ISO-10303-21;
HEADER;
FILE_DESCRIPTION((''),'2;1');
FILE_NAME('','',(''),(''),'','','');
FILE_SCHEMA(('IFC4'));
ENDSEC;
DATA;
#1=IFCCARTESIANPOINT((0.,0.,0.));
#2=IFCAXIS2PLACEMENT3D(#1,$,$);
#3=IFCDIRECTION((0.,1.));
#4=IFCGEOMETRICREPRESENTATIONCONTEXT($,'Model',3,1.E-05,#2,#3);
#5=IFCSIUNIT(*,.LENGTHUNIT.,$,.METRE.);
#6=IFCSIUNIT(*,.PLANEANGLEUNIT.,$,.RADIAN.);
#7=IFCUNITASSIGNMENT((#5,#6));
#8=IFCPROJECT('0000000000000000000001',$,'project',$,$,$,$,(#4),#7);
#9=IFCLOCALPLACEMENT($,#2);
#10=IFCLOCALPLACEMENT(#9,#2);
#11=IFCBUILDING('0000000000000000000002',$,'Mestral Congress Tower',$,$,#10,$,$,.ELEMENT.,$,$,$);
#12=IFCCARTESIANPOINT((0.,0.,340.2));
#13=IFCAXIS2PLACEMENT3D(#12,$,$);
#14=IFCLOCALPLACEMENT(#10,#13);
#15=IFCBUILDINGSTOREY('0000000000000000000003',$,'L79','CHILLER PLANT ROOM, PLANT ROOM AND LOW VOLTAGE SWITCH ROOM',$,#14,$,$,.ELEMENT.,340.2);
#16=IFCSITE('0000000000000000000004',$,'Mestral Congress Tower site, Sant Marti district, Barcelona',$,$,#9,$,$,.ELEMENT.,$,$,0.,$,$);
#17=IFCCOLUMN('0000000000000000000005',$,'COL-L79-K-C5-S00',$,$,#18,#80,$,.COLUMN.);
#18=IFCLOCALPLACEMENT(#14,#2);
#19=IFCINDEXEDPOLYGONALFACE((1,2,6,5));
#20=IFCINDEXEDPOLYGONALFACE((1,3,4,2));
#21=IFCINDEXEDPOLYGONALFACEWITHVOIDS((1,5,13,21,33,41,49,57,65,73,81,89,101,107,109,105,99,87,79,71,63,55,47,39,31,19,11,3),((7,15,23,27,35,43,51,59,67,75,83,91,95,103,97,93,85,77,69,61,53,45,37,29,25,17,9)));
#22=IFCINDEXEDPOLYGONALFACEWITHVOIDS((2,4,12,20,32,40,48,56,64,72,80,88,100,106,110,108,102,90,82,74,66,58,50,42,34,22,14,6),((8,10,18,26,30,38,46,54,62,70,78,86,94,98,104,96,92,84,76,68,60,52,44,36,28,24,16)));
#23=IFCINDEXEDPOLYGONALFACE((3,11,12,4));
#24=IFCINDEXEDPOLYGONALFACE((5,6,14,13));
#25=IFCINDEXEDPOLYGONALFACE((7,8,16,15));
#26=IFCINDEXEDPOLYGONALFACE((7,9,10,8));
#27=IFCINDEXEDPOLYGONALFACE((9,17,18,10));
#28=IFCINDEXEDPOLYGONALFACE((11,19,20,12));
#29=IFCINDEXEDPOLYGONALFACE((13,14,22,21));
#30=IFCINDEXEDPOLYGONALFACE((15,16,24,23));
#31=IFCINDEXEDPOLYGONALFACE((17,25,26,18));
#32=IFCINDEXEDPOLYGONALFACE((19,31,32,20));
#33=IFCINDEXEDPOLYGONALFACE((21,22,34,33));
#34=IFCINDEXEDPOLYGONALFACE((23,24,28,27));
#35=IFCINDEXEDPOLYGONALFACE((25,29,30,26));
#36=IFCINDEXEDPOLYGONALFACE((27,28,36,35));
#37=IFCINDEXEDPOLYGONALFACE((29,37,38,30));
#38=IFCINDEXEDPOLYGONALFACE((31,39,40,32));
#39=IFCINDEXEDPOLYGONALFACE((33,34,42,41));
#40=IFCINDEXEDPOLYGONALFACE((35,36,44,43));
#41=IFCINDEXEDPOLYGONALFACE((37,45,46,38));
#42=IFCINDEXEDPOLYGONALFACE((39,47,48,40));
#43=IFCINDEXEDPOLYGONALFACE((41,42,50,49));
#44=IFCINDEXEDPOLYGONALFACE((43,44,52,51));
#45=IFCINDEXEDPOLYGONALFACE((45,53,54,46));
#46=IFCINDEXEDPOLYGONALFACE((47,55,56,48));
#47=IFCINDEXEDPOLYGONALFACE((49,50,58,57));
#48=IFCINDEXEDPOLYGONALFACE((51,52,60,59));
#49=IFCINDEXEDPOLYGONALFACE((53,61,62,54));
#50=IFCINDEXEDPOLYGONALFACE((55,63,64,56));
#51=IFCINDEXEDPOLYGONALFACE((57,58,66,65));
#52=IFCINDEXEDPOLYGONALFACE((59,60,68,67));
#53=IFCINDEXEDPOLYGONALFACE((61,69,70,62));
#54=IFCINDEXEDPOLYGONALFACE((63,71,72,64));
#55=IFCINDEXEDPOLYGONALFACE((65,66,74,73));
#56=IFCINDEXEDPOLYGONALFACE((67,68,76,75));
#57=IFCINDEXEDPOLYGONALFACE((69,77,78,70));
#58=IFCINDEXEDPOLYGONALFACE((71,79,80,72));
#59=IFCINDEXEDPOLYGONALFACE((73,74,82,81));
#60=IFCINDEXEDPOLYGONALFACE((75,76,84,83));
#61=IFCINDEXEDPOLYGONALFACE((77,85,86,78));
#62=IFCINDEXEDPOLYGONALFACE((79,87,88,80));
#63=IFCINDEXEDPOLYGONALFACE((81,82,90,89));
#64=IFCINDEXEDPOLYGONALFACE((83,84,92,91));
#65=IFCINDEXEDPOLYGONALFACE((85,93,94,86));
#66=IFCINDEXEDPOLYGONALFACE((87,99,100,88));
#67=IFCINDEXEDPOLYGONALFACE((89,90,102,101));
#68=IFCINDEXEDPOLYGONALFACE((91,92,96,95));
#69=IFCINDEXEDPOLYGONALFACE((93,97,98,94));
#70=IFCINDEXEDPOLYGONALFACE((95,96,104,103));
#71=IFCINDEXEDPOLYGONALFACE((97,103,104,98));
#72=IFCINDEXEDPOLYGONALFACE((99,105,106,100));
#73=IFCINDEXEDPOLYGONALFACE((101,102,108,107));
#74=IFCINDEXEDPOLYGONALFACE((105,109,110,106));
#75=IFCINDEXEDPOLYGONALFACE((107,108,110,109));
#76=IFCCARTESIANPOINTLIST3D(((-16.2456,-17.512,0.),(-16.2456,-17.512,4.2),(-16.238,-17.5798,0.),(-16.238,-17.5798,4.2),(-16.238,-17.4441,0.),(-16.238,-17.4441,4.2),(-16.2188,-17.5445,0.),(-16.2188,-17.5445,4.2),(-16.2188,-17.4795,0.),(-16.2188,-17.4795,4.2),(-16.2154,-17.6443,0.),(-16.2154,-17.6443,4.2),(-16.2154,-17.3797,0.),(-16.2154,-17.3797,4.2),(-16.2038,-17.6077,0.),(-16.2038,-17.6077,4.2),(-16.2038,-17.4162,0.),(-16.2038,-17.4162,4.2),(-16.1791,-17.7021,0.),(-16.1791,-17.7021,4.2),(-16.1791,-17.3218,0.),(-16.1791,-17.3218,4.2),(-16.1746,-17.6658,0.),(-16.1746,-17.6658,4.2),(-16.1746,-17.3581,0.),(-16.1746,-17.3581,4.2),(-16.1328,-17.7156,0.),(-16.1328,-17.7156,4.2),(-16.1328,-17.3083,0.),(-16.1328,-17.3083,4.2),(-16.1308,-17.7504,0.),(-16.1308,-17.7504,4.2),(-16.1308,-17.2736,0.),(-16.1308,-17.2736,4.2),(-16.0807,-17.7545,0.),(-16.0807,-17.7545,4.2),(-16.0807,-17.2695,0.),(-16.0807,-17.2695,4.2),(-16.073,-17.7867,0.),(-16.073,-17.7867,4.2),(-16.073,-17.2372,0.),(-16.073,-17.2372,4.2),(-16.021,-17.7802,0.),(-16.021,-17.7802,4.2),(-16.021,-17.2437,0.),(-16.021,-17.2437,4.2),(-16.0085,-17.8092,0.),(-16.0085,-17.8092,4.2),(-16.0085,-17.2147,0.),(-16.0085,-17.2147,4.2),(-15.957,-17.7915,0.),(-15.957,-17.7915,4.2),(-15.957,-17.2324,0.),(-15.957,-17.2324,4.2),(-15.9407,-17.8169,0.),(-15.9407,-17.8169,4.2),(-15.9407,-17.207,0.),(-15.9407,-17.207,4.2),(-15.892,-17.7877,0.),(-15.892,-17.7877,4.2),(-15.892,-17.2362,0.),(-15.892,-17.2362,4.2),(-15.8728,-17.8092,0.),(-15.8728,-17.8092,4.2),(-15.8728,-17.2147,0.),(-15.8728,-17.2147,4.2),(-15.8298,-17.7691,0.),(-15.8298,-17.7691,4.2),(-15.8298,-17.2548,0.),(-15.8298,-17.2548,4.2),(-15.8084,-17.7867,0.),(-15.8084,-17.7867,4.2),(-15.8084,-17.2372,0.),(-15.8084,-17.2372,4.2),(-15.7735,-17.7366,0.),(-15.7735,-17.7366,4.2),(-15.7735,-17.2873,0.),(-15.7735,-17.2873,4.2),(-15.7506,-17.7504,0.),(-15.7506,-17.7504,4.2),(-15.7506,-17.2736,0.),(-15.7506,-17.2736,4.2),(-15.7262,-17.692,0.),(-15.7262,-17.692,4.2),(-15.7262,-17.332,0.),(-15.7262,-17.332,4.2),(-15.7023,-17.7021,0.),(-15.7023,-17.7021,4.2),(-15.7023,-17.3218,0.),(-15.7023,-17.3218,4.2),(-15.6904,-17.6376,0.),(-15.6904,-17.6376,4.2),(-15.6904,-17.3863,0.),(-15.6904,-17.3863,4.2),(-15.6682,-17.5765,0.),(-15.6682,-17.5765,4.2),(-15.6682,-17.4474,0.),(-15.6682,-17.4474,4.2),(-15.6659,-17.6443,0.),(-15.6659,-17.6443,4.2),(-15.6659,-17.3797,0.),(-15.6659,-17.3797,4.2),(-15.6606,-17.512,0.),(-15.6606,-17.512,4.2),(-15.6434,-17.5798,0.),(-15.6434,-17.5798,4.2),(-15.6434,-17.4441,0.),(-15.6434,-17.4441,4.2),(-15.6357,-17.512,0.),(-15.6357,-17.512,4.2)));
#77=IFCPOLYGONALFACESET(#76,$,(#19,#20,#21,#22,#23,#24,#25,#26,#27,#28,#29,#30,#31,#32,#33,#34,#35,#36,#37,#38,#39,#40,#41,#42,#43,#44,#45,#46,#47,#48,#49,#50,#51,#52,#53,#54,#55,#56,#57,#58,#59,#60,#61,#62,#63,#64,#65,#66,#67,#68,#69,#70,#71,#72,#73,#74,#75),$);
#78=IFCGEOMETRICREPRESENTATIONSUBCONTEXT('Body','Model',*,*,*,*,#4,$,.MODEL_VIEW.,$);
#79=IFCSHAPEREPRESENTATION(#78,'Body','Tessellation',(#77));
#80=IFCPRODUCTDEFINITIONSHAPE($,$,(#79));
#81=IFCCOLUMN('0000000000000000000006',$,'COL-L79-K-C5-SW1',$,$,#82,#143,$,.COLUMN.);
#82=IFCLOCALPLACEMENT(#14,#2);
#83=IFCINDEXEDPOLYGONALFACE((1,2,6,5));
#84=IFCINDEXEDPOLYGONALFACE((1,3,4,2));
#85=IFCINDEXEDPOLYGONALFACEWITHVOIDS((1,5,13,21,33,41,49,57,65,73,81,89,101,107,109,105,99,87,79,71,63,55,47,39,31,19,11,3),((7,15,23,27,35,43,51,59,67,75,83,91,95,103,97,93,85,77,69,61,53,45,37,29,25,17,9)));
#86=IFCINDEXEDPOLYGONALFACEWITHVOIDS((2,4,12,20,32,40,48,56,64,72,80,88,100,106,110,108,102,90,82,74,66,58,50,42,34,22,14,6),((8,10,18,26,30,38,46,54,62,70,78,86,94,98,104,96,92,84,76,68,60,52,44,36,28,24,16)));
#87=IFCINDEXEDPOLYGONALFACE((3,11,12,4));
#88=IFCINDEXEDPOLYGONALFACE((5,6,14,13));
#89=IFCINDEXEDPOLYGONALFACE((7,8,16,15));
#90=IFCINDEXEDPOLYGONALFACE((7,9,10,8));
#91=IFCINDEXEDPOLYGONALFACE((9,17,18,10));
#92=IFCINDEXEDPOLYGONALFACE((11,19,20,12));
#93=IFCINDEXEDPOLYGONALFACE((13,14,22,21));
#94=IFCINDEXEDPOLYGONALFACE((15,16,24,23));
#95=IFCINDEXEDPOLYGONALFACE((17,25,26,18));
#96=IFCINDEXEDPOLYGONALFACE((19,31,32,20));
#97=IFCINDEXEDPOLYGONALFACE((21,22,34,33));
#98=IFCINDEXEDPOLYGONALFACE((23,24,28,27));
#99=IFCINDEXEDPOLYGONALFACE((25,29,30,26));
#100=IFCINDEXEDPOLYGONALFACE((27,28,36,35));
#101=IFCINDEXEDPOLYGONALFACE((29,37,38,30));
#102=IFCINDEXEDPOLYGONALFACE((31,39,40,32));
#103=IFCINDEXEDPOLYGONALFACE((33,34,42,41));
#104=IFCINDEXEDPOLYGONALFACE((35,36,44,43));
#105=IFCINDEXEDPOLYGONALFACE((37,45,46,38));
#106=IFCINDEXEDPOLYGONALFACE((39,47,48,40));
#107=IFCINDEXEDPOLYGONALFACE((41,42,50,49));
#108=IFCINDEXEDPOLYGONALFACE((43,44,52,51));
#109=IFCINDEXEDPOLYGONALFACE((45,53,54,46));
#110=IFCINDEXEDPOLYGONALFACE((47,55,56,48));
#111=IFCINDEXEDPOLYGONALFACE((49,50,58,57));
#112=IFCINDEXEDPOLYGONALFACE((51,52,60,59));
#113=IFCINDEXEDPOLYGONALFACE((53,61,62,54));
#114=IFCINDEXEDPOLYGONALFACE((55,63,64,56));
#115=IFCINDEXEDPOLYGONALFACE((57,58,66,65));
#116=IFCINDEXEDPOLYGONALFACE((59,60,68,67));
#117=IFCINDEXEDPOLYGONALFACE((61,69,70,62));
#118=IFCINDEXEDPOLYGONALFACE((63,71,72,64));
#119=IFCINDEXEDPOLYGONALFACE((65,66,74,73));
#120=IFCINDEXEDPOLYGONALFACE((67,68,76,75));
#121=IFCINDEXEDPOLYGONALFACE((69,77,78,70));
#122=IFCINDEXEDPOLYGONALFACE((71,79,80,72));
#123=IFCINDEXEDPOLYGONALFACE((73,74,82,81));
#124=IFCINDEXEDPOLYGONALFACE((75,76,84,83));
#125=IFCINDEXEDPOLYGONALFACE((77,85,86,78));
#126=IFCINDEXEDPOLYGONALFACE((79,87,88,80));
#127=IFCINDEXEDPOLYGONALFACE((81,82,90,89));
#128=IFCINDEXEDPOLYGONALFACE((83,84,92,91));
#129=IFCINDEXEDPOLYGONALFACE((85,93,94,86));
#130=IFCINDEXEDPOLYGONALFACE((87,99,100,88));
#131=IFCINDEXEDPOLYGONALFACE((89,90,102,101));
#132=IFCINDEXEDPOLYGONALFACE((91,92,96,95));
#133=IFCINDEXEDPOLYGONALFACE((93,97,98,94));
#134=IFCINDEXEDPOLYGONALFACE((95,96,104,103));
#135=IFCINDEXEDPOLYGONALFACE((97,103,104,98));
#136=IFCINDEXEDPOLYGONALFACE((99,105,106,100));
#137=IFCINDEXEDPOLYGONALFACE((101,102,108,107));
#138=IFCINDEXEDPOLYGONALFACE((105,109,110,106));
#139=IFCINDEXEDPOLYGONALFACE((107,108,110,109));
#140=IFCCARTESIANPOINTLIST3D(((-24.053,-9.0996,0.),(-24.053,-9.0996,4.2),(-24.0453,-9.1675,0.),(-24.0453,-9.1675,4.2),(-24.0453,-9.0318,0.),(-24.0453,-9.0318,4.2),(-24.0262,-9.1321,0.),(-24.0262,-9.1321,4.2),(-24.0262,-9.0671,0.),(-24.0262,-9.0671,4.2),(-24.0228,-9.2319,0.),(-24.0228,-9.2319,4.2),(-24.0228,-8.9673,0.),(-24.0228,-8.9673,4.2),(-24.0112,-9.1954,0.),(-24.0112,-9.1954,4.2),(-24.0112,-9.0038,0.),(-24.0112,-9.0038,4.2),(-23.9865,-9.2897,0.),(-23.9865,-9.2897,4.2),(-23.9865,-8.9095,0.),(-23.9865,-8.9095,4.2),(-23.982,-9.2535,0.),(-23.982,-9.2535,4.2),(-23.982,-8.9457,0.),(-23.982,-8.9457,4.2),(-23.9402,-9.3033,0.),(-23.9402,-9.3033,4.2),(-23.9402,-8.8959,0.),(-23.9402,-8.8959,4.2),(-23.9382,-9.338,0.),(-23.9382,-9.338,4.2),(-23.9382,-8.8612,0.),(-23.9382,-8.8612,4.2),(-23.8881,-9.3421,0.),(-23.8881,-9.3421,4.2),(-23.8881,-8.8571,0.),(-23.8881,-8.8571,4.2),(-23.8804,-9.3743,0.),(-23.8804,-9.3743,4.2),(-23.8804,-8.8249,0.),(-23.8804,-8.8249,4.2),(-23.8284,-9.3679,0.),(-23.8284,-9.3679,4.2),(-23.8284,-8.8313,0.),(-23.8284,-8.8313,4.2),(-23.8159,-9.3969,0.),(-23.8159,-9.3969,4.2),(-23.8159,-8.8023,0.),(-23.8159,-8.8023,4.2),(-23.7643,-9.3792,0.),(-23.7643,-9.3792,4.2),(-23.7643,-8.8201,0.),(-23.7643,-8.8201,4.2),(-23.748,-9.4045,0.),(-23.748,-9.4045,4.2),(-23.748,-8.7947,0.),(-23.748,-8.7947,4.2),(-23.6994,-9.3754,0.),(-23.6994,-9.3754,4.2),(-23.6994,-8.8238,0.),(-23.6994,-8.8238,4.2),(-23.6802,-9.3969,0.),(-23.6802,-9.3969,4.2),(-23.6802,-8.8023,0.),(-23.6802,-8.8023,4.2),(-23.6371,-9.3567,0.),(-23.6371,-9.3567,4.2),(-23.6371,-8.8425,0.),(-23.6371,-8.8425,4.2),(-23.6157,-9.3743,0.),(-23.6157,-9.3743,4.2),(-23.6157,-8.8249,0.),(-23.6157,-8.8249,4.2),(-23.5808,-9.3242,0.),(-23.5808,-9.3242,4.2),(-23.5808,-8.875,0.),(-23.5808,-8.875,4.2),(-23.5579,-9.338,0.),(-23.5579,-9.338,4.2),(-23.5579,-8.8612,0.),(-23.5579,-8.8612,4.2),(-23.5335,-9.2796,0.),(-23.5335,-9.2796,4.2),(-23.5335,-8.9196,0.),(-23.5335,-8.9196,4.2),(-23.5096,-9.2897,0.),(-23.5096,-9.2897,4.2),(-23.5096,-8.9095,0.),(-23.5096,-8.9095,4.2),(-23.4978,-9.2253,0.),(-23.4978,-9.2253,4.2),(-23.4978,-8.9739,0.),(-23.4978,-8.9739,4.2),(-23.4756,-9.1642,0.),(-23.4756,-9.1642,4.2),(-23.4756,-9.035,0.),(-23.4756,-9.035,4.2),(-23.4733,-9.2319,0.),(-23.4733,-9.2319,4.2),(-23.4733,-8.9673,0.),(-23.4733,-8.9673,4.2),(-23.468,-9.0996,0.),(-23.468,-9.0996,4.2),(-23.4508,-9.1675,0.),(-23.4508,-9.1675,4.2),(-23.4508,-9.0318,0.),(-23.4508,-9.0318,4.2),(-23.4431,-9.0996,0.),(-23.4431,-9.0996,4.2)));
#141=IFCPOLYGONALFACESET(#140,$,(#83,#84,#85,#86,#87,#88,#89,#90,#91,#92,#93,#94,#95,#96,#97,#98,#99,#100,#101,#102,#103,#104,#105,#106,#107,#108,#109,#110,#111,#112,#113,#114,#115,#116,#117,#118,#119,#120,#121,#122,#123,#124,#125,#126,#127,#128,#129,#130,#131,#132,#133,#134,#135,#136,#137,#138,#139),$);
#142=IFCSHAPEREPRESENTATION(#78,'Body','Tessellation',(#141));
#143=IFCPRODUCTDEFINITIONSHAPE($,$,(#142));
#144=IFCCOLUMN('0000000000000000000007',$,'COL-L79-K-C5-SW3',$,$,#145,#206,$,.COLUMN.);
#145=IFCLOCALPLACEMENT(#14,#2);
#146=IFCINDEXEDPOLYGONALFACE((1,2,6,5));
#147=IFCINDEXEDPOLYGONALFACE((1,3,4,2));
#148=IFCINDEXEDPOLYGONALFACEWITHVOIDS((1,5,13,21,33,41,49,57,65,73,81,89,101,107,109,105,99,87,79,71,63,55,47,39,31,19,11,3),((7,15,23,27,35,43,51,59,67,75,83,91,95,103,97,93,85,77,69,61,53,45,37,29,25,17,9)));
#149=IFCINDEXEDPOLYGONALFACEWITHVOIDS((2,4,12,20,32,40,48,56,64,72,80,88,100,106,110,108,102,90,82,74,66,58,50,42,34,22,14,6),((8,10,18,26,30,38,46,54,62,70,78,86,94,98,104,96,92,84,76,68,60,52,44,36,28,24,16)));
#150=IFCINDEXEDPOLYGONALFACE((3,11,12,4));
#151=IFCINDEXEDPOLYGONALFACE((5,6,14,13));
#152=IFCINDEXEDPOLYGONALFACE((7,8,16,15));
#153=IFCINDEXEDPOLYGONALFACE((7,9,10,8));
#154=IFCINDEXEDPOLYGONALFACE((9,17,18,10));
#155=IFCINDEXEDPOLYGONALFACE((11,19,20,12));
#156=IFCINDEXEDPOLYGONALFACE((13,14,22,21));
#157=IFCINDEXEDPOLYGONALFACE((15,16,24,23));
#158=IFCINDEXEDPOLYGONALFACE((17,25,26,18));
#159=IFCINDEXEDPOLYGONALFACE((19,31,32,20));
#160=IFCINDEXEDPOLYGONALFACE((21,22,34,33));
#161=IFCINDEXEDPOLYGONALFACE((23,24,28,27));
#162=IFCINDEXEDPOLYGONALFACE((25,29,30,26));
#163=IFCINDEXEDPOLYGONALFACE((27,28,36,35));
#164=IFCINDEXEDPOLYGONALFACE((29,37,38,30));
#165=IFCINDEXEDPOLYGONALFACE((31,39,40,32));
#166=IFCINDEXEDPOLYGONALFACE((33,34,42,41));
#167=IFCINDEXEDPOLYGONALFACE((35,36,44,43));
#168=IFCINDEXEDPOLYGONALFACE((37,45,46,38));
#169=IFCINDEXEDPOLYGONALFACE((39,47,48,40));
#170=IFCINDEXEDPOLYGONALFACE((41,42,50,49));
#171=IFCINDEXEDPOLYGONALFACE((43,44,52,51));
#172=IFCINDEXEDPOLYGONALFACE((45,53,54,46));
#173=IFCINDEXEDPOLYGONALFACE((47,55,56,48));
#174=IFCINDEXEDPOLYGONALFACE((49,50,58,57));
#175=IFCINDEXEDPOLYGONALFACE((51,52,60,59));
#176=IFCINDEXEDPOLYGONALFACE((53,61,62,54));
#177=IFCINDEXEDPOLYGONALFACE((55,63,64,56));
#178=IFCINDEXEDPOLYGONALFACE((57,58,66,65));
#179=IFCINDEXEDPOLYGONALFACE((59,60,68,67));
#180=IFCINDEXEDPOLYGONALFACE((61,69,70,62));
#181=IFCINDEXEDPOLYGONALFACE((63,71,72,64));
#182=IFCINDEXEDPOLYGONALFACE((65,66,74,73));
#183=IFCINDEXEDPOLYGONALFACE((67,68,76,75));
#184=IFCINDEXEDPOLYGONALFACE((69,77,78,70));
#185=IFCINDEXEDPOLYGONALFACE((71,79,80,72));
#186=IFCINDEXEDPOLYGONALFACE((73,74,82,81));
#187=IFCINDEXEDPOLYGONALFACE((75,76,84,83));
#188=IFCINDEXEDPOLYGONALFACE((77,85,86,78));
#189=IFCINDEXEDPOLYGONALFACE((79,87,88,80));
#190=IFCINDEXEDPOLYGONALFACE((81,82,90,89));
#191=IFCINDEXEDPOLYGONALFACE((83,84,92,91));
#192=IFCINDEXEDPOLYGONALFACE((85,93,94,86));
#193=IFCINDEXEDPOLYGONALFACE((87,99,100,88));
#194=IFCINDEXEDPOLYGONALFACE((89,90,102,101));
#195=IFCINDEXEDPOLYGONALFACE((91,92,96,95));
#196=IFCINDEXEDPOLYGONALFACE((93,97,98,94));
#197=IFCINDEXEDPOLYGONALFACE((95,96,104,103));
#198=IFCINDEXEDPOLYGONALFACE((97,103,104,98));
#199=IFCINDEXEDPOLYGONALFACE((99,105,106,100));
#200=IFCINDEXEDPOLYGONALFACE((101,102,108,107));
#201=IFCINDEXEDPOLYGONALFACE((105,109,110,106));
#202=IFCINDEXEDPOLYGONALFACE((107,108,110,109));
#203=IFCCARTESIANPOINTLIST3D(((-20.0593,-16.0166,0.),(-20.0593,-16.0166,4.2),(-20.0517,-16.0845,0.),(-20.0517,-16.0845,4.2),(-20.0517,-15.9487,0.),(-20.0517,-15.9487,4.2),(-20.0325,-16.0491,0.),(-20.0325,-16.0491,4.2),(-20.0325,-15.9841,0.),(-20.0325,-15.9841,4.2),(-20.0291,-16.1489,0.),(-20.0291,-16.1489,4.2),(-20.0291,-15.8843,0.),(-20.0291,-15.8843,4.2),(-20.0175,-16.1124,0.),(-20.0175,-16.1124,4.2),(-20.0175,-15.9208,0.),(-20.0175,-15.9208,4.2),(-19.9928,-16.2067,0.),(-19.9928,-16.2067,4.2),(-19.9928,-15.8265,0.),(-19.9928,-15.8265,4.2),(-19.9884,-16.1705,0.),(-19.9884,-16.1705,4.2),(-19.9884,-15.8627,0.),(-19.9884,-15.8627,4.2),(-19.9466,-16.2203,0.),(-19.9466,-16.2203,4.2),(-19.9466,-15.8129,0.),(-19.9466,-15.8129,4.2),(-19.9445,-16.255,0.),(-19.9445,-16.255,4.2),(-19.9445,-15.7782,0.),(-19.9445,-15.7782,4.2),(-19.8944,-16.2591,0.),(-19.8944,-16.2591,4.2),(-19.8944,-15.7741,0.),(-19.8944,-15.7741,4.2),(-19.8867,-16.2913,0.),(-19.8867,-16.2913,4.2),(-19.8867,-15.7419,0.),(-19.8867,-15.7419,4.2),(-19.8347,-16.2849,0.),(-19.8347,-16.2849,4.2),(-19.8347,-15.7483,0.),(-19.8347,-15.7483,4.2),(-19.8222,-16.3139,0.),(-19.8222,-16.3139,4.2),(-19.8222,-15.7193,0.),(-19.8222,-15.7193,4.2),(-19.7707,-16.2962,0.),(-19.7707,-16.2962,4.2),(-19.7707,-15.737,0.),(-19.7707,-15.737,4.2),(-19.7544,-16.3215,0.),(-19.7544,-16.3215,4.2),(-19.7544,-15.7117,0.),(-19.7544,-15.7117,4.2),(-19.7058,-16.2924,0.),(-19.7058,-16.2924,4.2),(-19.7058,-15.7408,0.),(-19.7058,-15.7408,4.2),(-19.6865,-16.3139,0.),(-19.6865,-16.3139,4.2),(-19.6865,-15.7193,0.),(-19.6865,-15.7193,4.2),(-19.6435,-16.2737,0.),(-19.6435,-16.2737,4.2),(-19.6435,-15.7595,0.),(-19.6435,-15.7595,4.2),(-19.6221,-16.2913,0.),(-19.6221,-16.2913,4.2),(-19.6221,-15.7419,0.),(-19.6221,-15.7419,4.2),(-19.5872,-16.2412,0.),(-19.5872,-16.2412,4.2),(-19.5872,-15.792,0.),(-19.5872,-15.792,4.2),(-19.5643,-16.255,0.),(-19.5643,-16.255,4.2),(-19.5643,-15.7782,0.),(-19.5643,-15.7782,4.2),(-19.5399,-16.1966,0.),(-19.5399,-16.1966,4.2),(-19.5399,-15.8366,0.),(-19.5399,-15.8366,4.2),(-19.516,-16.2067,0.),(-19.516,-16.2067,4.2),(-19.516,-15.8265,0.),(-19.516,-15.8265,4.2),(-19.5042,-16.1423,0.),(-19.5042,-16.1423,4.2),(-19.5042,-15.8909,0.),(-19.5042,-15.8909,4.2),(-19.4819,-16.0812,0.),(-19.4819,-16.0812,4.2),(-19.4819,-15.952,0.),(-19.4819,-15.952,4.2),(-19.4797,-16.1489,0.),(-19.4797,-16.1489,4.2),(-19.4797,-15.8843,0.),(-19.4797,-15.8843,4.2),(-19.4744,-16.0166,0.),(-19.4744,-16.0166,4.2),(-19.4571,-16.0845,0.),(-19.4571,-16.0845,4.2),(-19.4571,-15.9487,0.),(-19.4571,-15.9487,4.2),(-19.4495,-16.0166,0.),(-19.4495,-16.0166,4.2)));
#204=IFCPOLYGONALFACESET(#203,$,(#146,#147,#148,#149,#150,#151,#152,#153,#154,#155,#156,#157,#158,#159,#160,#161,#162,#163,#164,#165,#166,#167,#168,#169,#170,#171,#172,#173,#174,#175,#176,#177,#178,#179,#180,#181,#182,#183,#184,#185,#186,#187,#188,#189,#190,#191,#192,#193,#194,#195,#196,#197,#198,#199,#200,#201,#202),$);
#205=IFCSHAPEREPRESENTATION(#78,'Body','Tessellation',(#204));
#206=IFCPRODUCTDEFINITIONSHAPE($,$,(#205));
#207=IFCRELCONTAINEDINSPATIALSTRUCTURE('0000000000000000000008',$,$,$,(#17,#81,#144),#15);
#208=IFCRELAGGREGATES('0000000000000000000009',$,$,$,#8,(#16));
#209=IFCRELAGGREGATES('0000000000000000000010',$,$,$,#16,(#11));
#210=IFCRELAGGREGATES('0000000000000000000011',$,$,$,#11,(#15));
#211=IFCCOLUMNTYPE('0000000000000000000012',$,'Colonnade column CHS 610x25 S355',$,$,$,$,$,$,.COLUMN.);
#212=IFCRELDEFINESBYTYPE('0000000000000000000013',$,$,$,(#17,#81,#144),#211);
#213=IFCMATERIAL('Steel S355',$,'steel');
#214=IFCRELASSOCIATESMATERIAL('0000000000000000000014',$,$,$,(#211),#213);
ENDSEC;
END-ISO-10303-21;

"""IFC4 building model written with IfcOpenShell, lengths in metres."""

from ifc_helpers import new_model, si_unit, direction, frame, origin, origin_2d, place, context, subcontext, project, spatial, hollow_circle, extrude, material, material_profile, profile_set, type_object, element, save


model = new_model("IFC4")

# Units and contexts
model_context = context("Model", 3, precision=1e-05, world=origin(), true_north=direction((0.0, 1.0)))
body_context = subcontext(model_context, "Body", "Model", "MODEL_VIEW")
ifc_project = project(units=[si_unit("LENGTHUNIT", "METRE"), si_unit("PLANEANGLEUNIT", "RADIAN")], contexts=[model_context])

# Site, building, storey
site_placement = place(None, origin())
site = spatial("IfcSite", under=ifc_project, at=site_placement, Name="Mestral Congress Tower site, Sant Marti district, Barcelona", CompositionType="ELEMENT", RefElevation=0.0)
building_placement = place(site_placement, origin())
building = spatial("IfcBuilding", under=site, at=building_placement, Name="Mestral Congress Tower", CompositionType="ELEMENT")
storey_placement = place(building_placement, frame((0.0, 0.0, 340.2)))
storey = spatial("IfcBuildingStorey", under=building, at=storey_placement, Name="L79", Description="CHILLER PLANT ROOM, PLANT ROOM AND LOW VOLTAGE SWITCH ROOM", CompositionType="ELEMENT", Elevation=340.2)

# Columns
ifc_material_1 = material(Name="Steel S355", Category="steel")
ifc_material_profile_1 = material_profile(ifc_material_1, hollow_circle(Radius=0.3049, WallThickness=0.0249, at=origin_2d()), Name="CHS 610x25")
ifc_profile_set_1 = profile_set([ifc_material_profile_1], Name="Steel S355")
column_type_1 = type_object("IfcColumnType", Name="Colonnade column CHS 610x25 S355", PredefinedType="COLUMN", material=ifc_profile_set_1)
for number, where, z_axis, x_axis, name in (
    (1, (-15.9407, -17.512, 0.0), (0.0, 0.0, 1.0), (1.0, 0.0, 0.0), "COL-L79-K-C5-S00"),
    (2, (-23.748, -9.0996, 0.0), (0.0, 0.0, 1.0), (1.0, 0.0, 0.0), "COL-L79-K-C5-SW1"),
    (3, (-19.7544, -16.0166, 0.0), (0.0, 0.0, 1.0), (1.0, 0.0, 0.0), "COL-L79-K-C5-SW3"),
):
    element("IfcColumn", number, at=place(storey_placement, frame(where, z_axis=z_axis, x_axis=x_axis)), inside=storey, type_object=column_type_1, Name=name, PredefinedType="COLUMN", context=body_context, shape_type="SweptSolid", body=[
        extrude(hollow_circle(Radius=0.3049, WallThickness=0.0249, at=origin_2d()), origin(), (0.0, 0.0, 1.0), 4.2),
    ])

save(model, "model.ifc")
